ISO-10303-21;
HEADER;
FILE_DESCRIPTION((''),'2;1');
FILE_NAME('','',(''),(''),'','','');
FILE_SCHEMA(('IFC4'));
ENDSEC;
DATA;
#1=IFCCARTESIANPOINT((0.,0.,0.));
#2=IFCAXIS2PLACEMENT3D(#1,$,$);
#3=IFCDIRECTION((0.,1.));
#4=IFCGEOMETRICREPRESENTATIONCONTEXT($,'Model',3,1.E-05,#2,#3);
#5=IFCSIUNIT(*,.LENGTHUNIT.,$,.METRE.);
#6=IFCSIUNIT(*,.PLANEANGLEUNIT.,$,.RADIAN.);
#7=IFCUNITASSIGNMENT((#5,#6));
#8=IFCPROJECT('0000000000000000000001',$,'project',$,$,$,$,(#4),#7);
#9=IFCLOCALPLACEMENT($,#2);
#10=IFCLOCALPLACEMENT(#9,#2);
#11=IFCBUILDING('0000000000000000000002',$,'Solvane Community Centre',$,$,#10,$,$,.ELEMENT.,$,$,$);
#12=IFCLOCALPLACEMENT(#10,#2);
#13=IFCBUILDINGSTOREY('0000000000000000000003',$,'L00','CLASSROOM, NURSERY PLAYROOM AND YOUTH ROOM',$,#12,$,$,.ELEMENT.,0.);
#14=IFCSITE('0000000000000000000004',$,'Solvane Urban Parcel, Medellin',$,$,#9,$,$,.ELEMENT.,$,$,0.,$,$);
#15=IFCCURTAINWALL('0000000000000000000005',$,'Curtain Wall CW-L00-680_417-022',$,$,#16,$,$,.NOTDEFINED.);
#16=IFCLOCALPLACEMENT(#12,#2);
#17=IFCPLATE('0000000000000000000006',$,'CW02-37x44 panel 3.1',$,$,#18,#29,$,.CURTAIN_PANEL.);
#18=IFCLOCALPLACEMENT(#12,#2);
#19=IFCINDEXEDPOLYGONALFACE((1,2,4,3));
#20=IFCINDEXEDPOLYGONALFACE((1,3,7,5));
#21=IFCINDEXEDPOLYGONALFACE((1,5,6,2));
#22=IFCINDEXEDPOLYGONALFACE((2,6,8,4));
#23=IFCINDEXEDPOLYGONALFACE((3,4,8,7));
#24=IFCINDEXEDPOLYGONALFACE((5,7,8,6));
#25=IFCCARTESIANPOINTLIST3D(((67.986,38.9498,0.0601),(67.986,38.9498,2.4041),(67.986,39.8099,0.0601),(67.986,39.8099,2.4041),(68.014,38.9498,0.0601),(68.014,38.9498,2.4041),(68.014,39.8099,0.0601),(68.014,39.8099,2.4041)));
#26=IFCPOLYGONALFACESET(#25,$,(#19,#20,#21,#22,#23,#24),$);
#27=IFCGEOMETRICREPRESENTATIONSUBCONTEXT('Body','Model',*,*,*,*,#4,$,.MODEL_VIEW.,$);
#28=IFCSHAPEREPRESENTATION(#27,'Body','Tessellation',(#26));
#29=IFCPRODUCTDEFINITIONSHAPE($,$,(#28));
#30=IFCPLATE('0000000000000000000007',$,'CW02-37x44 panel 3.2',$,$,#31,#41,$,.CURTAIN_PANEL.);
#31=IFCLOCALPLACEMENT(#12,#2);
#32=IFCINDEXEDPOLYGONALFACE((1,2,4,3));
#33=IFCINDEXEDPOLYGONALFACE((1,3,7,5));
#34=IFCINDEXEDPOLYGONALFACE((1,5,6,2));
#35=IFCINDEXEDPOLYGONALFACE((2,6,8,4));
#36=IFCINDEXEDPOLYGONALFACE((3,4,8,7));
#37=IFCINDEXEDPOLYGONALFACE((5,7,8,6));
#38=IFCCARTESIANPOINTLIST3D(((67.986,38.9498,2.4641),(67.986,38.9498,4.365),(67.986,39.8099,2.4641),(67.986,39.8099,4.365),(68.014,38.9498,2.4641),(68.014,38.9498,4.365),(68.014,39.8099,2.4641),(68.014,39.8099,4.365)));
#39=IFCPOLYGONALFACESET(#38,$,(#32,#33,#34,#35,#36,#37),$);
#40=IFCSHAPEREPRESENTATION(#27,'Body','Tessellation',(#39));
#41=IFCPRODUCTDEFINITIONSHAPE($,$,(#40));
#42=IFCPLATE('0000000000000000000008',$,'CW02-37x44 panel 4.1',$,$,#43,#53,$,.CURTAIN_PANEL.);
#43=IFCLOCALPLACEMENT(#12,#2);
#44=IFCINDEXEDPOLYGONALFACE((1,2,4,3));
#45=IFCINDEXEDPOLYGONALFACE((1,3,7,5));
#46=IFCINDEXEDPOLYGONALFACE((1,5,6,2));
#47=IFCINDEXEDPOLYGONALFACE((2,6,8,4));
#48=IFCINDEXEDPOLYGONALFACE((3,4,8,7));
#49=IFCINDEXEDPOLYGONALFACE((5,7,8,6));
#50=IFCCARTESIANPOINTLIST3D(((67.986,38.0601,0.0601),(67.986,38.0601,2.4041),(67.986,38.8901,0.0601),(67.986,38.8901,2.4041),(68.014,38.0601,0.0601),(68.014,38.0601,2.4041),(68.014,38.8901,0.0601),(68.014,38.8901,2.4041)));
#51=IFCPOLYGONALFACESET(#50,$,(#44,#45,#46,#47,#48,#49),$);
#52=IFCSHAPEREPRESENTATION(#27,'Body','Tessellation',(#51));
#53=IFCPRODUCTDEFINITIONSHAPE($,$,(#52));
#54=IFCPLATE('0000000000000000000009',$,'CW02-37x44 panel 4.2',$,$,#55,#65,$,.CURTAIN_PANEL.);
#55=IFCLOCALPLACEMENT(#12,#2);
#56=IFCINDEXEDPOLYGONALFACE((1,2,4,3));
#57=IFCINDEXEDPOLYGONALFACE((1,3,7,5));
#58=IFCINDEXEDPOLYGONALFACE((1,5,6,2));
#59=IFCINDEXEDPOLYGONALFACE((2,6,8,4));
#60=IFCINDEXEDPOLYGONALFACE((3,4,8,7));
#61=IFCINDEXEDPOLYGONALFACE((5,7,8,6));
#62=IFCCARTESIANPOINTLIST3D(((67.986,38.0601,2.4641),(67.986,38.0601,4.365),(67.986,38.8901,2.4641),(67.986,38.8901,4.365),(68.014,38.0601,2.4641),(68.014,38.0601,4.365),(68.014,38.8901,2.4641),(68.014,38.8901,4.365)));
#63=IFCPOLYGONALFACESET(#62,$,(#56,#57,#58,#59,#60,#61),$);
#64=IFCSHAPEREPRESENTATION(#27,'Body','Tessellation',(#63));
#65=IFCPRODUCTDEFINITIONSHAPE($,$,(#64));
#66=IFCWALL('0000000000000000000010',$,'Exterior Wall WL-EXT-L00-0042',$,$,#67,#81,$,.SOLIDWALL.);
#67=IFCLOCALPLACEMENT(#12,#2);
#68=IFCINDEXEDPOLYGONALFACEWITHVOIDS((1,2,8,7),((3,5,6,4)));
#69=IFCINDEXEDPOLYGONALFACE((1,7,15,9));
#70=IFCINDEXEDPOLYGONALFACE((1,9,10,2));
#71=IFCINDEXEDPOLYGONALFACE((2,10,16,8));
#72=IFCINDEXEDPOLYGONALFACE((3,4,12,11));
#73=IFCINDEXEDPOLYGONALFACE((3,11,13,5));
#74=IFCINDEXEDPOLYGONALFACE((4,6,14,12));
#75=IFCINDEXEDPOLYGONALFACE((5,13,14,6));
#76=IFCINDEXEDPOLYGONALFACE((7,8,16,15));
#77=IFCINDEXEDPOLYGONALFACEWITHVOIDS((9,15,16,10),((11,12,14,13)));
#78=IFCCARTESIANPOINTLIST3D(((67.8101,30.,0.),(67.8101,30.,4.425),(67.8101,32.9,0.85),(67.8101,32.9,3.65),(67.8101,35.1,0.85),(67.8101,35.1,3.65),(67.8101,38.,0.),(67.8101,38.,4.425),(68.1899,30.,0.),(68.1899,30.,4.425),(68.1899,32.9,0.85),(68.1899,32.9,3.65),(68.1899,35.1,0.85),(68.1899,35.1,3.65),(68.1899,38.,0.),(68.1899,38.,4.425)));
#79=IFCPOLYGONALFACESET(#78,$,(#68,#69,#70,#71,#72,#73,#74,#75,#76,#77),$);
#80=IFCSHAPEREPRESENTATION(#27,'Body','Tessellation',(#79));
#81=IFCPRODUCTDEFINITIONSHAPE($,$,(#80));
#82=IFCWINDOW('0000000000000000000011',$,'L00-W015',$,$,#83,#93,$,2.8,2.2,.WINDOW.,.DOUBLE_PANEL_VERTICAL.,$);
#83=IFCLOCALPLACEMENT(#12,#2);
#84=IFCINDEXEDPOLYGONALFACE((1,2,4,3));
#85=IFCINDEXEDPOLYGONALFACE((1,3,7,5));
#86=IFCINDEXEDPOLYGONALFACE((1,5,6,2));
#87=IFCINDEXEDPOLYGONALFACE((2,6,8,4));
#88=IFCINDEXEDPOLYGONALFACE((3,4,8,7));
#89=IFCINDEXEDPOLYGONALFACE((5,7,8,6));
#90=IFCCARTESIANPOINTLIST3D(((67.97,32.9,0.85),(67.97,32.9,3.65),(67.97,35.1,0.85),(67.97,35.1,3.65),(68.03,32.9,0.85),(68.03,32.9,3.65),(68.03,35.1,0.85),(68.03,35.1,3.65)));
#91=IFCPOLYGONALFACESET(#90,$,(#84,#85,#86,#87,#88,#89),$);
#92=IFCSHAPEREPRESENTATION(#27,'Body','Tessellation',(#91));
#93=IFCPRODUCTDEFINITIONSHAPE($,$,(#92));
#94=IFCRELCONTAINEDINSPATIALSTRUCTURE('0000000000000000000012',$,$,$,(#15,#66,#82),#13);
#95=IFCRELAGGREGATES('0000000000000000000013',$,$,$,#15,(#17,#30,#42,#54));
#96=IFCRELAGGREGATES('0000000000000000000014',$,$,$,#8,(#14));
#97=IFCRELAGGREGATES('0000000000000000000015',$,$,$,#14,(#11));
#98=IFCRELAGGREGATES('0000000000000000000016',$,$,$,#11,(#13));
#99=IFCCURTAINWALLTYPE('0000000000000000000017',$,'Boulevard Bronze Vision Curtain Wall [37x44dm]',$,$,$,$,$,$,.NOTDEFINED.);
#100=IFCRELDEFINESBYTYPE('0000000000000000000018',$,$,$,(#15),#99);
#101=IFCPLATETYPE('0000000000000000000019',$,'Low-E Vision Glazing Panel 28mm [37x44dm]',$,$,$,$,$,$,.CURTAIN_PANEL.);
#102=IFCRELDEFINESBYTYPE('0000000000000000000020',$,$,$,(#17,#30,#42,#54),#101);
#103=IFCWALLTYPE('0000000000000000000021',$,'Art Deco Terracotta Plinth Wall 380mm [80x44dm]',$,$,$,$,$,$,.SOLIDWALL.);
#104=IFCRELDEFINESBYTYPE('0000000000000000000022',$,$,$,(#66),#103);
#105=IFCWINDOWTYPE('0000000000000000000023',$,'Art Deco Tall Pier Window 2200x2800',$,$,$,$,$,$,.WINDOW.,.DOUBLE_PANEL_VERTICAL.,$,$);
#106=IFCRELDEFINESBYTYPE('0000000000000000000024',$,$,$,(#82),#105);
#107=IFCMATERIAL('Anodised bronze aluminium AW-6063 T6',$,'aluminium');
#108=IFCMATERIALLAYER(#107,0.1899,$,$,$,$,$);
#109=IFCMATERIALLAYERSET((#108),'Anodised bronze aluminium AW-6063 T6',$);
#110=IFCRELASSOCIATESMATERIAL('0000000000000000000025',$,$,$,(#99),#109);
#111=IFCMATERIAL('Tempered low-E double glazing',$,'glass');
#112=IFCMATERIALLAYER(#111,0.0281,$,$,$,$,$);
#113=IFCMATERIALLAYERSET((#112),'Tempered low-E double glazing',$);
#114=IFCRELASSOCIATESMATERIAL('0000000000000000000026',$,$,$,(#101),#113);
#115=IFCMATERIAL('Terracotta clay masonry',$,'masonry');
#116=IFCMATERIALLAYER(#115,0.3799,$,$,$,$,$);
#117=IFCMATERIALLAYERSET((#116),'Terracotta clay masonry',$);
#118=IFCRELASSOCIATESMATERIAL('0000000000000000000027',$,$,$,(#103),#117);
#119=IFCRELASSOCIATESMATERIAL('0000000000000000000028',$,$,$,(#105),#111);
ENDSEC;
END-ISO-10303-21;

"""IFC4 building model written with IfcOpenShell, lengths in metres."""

from ifc_helpers import new_model, si_unit, direction, frame, frame_2d, origin, origin_2d, place, context, subcontext, project, spatial, rectangle, extrude, material, layer, layer_set, type_object, element, fill, aggregate, save


model = new_model("IFC4")

# Units and contexts
model_context = context("Model", 3, precision=1e-05, world=origin(), true_north=direction((0.0, 1.0)))
body_context = subcontext(model_context, "Body", "Model", "MODEL_VIEW")
ifc_project = project(units=[si_unit("LENGTHUNIT", "METRE"), si_unit("PLANEANGLEUNIT", "RADIAN")], contexts=[model_context])

# Site, building, storey
site_placement = place(None, origin())
site = spatial("IfcSite", under=ifc_project, at=site_placement, Name="Solvane Urban Parcel, Medellin", CompositionType="ELEMENT", RefElevation=0.0)
building_placement = place(site_placement, origin())
building = spatial("IfcBuilding", under=site, at=building_placement, Name="Solvane Community Centre", CompositionType="ELEMENT")
storey_placement = place(building_placement, origin())
storey = spatial("IfcBuildingStorey", under=building, at=storey_placement, Name="L00", Description="CLASSROOM, NURSERY PLAYROOM AND YOUTH ROOM", CompositionType="ELEMENT", Elevation=0.0)

# Curtain wall, plates
ifc_material_1 = material(Name="Anodised bronze aluminium AW-6063 T6", Category="aluminium")
ifc_layer_1 = layer(ifc_material_1, 0.1899)
ifc_layer_set_1 = layer_set([ifc_layer_1], Name="Anodised bronze aluminium AW-6063 T6")
curtain_wall_type = type_object("IfcCurtainWallType", Name="Boulevard Bronze Vision Curtain Wall [37x44dm]", PredefinedType="NOTDEFINED", material=ifc_layer_set_1)
curtain_wall_placement = place(storey_placement, origin())
curtain_wall = element("IfcCurtainWall", 1, at=curtain_wall_placement, inside=storey, type_object=curtain_wall_type, Name="Curtain Wall CW-L00-680_417-022", PredefinedType="NOTDEFINED")
ifc_material_2 = material(Name="Tempered low-E double glazing", Category="glass")
ifc_layer_2 = layer(ifc_material_2, 0.0281)
ifc_layer_set_2 = layer_set([ifc_layer_2], Name="Tempered low-E double glazing")
plate_type = type_object("IfcPlateType", Name="Low-E Vision Glazing Panel 28mm [37x44dm]", PredefinedType="CURTAIN_PANEL", material=ifc_layer_set_2)
plate_1_placement = place(storey_placement, frame((68.0, 39.3799, 0.0601), z_axis=(0.0, 0.0, 1.0), x_axis=(0.0, -1.0, 0.0)))
plate_1 = element("IfcPlate", 2, at=plate_1_placement, type_object=plate_type, Name="CW02-37x44 panel 3.1", PredefinedType="CURTAIN_PANEL", context=body_context, shape_type="SweptSolid", body=[
    extrude(rectangle(XDim=0.8601, YDim=0.0281, at=origin_2d()), origin(), (0.0, 0.0, 1.0), 2.344),
])
plate_2_placement = place(storey_placement, frame((68.0, 39.3799, 2.4641), z_axis=(0.0, 0.0, 1.0), x_axis=(0.0, -1.0, 0.0)))
plate_2 = element("IfcPlate", 3, at=plate_2_placement, type_object=plate_type, Name="CW02-37x44 panel 3.2", PredefinedType="CURTAIN_PANEL", context=body_context, shape_type="SweptSolid", body=[
    extrude(rectangle(XDim=0.8601, YDim=0.0281, at=origin_2d()), origin(), (0.0, 0.0, 1.0), 1.9009),
])
plate_3_placement = place(storey_placement, frame((68.0, 38.4751, 0.0601), z_axis=(0.0, 0.0, 1.0), x_axis=(0.0, -1.0, 0.0)))
plate_3 = element("IfcPlate", 4, at=plate_3_placement, type_object=plate_type, Name="CW02-37x44 panel 4.1", PredefinedType="CURTAIN_PANEL", context=body_context, shape_type="SweptSolid", body=[
    extrude(rectangle(XDim=0.8301, YDim=0.0281, at=origin_2d()), origin(), (0.0, 0.0, 1.0), 2.344),
])
plate_4_placement = place(storey_placement, frame((68.0, 38.4751, 2.4641), z_axis=(0.0, 0.0, 1.0), x_axis=(0.0, -1.0, 0.0)))
plate_4 = element("IfcPlate", 5, at=plate_4_placement, type_object=plate_type, Name="CW02-37x44 panel 4.2", PredefinedType="CURTAIN_PANEL", context=body_context, shape_type="SweptSolid", body=[
    extrude(rectangle(XDim=0.8301, YDim=0.0281, at=origin_2d()), origin(), (0.0, 0.0, 1.0), 1.9009),
])
aggregate(curtain_wall, [plate_1, plate_2, plate_3, plate_4])

# Wall, opening, window
ifc_material_3 = material(Name="Terracotta clay masonry", Category="masonry")
ifc_layer_3 = layer(ifc_material_3, 0.3799)
ifc_layer_set_3 = layer_set([ifc_layer_3], Name="Terracotta clay masonry")
wall_type = type_object("IfcWallType", Name="Art Deco Terracotta Plinth Wall 380mm [80x44dm]", PredefinedType="SOLIDWALL", material=ifc_layer_set_3)
wall_placement = place(storey_placement, frame((68.0, 38.0, 0.0), z_axis=(0.0, 0.0, 1.0), x_axis=(0.0, -1.0, 0.0)))
wall = element("IfcWall", 6, at=wall_placement, inside=storey, type_object=wall_type, Name="Exterior Wall WL-EXT-L00-0042", PredefinedType="SOLIDWALL", context=body_context, shape_type="SweptSolid", body=[
    extrude(rectangle(XDim=8.0, YDim=0.3799, at=frame_2d((4.0, 0.0))), origin(), (0.0, 0.0, 1.0), 4.425),
])
opening_placement = place(wall_placement, frame((2.8999, 0.0, 0.8501)))
opening = element("IfcOpeningElement", 7, at=opening_placement, cuts=wall, PredefinedType="OPENING", context=body_context, shape_type="SweptSolid", body=[
    extrude(rectangle(XDim=2.2, YDim=2.8, at=frame_2d((1.1001, 1.3999))), frame((0.0, 0.2, 0.0), z_axis=(0.0, -1.0, 0.0), x_axis=(1.0, 0.0, 0.0)), (0.0, 0.0, 1.0), 0.3999),
])
window_type = type_object("IfcWindowType", Name="Art Deco Tall Pier Window 2200x2800", PartitioningType="DOUBLE_PANEL_VERTICAL", PredefinedType="WINDOW", material=ifc_material_2)
window_placement = place(opening_placement, origin())
window = element("IfcWindow", 8, at=window_placement, inside=storey, type_object=window_type, Name="L00-W015", OverallHeight=2.8, OverallWidth=2.2, PartitioningType="DOUBLE_PANEL_VERTICAL", PredefinedType="WINDOW", context=body_context, shape_type="SweptSolid", body=[
    extrude(rectangle(XDim=2.2, YDim=2.8, at=frame_2d((1.1001, 1.3999))), frame((0.0, 0.03, 0.0), z_axis=(0.0, -1.0, 0.0), x_axis=(1.0, 0.0, 0.0)), (0.0, 0.0, 1.0), 0.0601),
])
fill(opening, window)

save(model, "model.ifc")
